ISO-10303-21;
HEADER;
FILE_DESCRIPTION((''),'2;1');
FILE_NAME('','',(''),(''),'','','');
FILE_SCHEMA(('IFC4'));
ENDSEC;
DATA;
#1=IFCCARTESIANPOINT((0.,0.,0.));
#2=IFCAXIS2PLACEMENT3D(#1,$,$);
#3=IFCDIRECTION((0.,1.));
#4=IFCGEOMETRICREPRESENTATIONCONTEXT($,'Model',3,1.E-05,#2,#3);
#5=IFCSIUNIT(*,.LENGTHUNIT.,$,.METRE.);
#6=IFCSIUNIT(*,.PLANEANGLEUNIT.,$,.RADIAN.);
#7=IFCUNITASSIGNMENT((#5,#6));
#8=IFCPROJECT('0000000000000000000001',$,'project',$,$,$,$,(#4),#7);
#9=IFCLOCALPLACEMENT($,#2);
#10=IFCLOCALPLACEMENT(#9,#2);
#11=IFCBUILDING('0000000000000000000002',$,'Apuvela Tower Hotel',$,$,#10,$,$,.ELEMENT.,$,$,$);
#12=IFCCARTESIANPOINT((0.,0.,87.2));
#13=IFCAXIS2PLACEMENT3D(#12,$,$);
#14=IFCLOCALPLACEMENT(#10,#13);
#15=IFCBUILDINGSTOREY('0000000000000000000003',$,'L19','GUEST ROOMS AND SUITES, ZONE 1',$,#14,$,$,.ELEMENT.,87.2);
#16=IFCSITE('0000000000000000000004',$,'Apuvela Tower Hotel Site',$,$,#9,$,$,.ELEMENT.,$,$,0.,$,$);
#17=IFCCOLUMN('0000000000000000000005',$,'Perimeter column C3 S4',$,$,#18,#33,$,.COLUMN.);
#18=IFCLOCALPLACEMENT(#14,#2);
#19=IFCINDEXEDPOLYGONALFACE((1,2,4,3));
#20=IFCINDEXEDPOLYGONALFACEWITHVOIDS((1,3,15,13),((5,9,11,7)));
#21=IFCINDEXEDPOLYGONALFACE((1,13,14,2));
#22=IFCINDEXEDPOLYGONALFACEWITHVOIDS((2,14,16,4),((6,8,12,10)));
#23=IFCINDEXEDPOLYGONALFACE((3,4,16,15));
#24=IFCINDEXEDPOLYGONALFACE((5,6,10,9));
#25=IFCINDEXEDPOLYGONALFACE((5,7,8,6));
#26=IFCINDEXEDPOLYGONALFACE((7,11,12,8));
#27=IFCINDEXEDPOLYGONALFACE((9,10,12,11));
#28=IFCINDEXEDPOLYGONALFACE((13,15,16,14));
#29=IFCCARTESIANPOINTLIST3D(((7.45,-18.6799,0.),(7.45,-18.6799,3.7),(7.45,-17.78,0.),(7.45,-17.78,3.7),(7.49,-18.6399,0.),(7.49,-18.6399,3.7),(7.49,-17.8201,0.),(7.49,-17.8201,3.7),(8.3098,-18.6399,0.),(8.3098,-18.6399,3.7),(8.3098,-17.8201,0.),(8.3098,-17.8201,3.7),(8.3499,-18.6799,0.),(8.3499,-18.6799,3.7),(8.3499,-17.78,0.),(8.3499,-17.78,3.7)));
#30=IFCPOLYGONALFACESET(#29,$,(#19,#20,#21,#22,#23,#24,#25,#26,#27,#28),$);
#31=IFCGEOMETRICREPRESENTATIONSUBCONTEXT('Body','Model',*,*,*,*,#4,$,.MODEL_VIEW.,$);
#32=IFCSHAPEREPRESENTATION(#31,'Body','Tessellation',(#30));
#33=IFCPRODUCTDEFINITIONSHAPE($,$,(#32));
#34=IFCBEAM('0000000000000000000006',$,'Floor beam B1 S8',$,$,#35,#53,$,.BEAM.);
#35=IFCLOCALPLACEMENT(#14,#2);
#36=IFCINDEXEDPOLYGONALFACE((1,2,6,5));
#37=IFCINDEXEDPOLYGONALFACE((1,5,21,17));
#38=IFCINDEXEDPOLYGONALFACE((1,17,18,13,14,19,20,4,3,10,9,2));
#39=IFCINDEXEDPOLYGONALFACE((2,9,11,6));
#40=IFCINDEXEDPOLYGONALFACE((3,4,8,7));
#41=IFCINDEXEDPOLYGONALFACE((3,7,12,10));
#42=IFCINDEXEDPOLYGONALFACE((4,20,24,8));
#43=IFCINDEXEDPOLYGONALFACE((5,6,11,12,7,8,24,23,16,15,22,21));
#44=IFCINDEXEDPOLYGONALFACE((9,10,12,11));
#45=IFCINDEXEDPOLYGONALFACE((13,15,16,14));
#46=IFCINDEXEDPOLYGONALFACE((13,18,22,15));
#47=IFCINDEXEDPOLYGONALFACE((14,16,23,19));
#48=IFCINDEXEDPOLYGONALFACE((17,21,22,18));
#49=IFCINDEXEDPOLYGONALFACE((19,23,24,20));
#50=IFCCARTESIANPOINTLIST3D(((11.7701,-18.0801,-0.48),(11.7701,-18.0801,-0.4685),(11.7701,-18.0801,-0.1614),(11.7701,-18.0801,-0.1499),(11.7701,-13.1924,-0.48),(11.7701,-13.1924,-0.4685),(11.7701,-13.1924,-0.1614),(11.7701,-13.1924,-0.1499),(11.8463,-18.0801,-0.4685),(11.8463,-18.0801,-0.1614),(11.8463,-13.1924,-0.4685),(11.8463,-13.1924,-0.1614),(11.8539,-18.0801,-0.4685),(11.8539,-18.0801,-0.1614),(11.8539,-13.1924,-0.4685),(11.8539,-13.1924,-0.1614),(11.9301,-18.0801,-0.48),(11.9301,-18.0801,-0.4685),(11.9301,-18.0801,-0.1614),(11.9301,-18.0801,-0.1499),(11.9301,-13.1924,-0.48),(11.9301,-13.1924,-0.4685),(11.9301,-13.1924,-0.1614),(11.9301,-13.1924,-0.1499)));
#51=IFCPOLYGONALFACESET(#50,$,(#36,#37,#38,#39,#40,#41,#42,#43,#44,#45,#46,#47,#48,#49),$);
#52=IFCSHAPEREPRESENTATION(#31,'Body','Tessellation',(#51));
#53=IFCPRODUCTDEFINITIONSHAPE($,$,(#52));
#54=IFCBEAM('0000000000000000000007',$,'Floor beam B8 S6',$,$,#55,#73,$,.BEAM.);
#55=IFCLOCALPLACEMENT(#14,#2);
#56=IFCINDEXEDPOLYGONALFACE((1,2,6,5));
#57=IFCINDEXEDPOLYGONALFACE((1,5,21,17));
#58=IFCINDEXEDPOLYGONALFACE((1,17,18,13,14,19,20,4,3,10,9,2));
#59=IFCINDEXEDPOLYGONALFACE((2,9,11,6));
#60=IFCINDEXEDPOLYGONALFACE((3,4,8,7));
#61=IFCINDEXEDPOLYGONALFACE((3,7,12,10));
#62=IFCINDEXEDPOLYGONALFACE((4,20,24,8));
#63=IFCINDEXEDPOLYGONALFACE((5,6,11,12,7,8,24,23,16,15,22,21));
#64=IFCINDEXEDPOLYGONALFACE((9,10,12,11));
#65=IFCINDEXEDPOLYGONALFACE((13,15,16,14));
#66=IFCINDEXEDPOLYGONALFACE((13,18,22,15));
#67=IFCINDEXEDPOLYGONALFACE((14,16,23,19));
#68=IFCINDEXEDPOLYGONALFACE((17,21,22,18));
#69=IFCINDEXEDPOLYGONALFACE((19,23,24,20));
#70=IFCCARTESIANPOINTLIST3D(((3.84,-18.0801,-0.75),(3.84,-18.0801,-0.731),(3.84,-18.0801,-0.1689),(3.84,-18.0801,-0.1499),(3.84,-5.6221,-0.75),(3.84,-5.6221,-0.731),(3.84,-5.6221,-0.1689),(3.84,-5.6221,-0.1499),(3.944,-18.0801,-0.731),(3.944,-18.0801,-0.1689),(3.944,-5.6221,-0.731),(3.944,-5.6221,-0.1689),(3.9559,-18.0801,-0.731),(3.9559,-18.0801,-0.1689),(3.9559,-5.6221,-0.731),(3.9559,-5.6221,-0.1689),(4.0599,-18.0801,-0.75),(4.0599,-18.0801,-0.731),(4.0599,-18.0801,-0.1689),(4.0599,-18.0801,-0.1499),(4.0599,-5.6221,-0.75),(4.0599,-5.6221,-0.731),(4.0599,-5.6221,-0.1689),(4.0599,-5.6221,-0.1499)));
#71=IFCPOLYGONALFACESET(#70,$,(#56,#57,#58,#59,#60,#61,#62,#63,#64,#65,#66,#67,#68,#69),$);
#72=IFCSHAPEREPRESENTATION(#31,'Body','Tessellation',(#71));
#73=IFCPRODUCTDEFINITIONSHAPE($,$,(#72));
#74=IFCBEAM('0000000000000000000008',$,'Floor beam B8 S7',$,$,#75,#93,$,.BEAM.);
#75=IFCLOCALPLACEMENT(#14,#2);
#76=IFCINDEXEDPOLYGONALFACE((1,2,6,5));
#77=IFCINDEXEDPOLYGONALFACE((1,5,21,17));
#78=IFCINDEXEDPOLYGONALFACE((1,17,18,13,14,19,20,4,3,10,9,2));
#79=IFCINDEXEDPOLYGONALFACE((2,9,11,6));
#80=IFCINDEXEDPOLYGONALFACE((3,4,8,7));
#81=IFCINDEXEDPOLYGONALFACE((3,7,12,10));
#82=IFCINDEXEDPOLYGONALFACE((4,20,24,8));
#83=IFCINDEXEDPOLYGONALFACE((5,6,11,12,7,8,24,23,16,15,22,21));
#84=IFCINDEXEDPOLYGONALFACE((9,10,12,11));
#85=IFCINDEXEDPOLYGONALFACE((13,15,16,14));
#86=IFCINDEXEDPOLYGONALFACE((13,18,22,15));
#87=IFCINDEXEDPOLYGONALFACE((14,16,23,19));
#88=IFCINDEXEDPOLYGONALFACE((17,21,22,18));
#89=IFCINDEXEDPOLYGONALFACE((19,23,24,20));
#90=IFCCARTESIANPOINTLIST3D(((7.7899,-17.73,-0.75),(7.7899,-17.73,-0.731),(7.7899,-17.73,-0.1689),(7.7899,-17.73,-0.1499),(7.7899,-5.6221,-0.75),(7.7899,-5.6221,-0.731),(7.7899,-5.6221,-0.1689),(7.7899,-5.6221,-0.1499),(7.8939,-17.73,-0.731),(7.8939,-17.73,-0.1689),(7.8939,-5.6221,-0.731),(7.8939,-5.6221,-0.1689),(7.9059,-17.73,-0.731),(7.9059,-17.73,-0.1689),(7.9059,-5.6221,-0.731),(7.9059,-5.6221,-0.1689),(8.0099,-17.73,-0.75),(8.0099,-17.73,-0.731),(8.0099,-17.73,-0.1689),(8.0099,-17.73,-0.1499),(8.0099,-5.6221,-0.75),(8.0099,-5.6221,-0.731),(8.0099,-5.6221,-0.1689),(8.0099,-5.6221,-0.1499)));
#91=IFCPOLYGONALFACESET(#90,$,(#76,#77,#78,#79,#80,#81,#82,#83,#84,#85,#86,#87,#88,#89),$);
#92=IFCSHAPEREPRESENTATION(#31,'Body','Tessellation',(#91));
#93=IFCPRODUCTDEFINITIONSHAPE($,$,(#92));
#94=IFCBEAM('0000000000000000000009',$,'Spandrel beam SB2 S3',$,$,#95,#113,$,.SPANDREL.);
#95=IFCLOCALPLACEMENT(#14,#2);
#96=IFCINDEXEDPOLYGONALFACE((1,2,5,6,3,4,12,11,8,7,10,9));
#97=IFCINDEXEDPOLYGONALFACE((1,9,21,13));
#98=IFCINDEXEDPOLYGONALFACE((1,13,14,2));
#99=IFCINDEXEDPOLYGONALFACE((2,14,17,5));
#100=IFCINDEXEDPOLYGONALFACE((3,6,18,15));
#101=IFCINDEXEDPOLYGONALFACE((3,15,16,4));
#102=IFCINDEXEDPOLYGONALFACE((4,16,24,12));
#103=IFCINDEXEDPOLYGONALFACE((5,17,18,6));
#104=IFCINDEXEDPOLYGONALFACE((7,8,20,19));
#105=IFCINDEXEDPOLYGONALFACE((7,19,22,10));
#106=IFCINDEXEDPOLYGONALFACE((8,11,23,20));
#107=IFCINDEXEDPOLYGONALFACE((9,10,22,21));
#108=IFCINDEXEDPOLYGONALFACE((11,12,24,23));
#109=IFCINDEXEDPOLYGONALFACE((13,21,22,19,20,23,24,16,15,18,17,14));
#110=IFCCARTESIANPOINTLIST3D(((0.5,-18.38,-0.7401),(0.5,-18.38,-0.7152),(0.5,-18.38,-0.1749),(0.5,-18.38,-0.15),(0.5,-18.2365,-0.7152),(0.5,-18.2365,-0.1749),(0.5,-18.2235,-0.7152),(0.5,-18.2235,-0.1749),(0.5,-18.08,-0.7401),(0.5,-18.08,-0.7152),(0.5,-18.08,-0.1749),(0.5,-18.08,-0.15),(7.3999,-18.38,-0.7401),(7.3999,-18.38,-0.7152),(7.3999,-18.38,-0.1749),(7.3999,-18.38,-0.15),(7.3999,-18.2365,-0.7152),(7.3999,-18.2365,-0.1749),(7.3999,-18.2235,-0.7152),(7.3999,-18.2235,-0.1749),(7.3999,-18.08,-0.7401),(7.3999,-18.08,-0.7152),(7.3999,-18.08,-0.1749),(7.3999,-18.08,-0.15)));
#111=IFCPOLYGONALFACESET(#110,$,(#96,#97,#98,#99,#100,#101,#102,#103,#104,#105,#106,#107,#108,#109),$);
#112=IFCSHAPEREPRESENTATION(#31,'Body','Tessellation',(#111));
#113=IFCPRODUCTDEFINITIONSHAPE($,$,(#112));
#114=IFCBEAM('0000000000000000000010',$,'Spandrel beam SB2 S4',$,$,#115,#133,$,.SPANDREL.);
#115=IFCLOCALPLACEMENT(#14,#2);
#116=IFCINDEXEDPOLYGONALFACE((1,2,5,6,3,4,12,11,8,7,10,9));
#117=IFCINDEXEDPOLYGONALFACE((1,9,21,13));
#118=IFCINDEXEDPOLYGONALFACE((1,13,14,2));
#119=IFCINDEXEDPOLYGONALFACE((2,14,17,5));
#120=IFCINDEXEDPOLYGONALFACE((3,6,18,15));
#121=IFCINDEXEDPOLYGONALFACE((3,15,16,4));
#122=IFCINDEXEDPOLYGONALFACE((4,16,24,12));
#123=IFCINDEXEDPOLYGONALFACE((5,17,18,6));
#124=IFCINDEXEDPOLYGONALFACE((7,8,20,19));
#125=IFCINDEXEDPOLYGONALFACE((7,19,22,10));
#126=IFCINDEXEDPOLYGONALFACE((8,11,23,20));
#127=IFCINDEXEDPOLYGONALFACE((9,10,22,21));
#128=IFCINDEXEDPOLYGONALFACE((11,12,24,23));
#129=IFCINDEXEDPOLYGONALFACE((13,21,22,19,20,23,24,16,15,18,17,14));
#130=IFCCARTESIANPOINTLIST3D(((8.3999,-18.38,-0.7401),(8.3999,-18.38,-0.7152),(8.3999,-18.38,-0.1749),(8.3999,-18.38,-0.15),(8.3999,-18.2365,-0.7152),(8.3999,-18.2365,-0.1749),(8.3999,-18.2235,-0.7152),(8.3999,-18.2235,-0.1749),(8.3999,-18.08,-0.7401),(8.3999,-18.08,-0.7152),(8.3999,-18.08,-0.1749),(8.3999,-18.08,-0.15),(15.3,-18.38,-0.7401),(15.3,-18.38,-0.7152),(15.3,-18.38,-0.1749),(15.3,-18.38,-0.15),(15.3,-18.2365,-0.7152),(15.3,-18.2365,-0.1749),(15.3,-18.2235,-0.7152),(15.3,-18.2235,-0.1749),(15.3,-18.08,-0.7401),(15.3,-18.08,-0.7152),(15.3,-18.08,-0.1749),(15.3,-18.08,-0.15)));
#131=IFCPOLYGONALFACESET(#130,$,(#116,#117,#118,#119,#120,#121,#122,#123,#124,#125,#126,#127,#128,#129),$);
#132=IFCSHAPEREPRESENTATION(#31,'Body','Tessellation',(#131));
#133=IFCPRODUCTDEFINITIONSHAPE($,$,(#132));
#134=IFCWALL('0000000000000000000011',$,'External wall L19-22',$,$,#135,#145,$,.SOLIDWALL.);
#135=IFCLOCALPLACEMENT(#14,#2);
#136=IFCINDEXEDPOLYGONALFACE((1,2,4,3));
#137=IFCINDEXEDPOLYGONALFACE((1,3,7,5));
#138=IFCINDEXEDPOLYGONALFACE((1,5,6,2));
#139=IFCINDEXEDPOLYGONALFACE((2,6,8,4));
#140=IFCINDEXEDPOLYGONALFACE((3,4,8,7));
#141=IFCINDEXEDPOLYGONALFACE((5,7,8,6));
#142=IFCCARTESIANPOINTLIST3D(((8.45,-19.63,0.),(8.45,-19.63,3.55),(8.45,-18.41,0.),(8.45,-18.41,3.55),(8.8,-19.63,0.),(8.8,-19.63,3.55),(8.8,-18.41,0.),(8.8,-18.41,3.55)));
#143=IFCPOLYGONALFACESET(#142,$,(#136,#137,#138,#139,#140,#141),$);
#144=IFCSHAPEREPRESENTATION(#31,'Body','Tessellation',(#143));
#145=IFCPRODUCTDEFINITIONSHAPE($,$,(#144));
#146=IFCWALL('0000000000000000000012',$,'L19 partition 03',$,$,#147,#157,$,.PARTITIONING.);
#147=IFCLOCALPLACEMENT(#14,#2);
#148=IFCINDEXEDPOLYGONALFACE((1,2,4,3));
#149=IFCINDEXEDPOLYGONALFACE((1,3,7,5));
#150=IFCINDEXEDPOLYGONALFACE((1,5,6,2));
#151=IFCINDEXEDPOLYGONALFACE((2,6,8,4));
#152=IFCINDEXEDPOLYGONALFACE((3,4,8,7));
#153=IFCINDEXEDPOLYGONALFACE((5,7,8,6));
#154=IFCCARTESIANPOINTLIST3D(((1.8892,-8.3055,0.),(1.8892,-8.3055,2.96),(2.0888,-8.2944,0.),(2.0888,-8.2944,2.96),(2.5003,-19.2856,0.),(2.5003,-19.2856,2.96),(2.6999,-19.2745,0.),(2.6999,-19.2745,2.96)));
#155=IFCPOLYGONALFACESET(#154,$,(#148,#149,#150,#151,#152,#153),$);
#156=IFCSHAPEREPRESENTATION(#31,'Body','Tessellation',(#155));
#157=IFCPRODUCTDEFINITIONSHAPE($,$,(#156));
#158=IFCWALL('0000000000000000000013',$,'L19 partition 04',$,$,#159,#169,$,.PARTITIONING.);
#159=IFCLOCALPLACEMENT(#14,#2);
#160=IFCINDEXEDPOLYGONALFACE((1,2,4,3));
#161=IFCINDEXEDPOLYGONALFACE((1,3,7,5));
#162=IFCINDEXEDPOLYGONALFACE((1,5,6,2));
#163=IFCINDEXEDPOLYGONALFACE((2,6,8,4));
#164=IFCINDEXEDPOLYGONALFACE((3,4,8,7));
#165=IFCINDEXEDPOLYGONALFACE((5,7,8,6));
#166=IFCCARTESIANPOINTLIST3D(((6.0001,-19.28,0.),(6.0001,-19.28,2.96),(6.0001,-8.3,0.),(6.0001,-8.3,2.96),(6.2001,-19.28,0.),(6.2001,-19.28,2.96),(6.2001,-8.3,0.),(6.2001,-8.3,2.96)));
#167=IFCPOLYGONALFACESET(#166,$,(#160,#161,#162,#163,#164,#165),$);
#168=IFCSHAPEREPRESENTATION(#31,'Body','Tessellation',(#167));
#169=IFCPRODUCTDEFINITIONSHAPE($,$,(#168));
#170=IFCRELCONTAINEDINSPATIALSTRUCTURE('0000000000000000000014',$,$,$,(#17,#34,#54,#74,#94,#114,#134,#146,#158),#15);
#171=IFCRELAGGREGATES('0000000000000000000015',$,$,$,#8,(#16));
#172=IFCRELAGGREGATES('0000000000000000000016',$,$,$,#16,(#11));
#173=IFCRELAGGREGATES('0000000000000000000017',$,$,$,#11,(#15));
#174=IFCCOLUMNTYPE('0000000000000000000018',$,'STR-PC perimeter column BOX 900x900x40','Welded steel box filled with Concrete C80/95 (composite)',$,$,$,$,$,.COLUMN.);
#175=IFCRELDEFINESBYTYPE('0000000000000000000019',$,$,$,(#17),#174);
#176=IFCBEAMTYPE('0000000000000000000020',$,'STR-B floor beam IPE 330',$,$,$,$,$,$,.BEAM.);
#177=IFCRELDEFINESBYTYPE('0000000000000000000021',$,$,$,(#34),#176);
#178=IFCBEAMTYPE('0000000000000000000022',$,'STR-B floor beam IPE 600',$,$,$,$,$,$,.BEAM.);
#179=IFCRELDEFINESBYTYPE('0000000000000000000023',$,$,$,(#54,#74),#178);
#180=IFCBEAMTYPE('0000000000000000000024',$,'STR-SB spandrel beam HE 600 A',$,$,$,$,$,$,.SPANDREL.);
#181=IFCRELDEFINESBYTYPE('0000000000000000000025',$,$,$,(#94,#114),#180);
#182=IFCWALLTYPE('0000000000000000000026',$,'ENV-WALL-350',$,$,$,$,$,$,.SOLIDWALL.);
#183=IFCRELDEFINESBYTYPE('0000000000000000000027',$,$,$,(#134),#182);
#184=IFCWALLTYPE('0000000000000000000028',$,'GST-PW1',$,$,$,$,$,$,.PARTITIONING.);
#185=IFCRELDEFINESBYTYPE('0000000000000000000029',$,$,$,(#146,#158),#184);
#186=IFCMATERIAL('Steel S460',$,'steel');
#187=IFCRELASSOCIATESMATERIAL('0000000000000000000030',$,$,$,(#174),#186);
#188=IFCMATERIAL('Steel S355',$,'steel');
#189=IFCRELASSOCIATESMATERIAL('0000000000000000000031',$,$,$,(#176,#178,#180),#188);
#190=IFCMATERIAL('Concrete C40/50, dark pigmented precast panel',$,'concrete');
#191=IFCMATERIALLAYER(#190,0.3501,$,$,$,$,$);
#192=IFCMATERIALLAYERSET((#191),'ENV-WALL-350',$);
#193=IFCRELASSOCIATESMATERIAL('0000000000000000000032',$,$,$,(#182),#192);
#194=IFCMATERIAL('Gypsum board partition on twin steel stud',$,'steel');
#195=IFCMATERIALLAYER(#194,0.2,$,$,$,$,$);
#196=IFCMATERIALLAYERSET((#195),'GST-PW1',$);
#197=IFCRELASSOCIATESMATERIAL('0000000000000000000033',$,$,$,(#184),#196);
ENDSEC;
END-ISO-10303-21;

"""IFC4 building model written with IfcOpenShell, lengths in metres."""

from ifc_helpers import new_model, si_unit, direction, frame, frame_2d, origin, origin_2d, place, context, subcontext, project, spatial, rectangle, hollow_rectangle, i_section, extrude, material, layer, layer_set, material_profile, profile_set, type_object, element, save


model = new_model("IFC4")

# Units and contexts
model_context = context("Model", 3, precision=1e-05, world=origin(), true_north=direction((0.0, 1.0)))
body_context = subcontext(model_context, "Body", "Model", "MODEL_VIEW")
ifc_project = project(units=[si_unit("LENGTHUNIT", "METRE"), si_unit("PLANEANGLEUNIT", "RADIAN")], contexts=[model_context])

# Site, building, storey
site_placement = place(None, origin())
site = spatial("IfcSite", under=ifc_project, at=site_placement, Name="Apuvela Tower Hotel Site", CompositionType="ELEMENT", RefElevation=0.0)
building_placement = place(site_placement, origin())
building = spatial("IfcBuilding", under=site, at=building_placement, Name="Apuvela Tower Hotel", CompositionType="ELEMENT")
storey_placement = place(building_placement, frame((0.0, 0.0, 87.2)))
storey = spatial("IfcBuildingStorey", under=building, at=storey_placement, Name="L19", Description="GUEST ROOMS AND SUITES, ZONE 1", CompositionType="ELEMENT", Elevation=87.2)

# Column
ifc_material_1 = material(Name="Steel S460", Category="steel")
ifc_material_profile_1 = material_profile(ifc_material_1, hollow_rectangle(XDim=0.8999, YDim=0.8999, WallThickness=0.04, at=origin_2d()), Name="BOX 900x900x40")
ifc_material_2 = material(Name="Concrete C80/95", Category="concrete")
ifc_material_profile_2 = material_profile(ifc_material_2, rectangle(XDim=0.8201, YDim=0.8201, at=origin_2d()), Name="Concrete C80/95 infill")
ifc_profile_set_1 = profile_set([ifc_material_profile_1, ifc_material_profile_2], Name="Steel S460")
column_type = type_object("IfcColumnType", Name="STR-PC perimeter column BOX 900x900x40", Description="Welded steel box filled with Concrete C80/95 (composite)", PredefinedType="COLUMN", material=ifc_profile_set_1)
column_placement = place(storey_placement, frame((7.8999, -18.23, 0.0), z_axis=(0.0, 0.0, 1.0), x_axis=(-1.0, 0.0, 0.0)))
element("IfcColumn", 1, at=column_placement, inside=storey, type_object=column_type, Name="Perimeter column C3 S4", PredefinedType="COLUMN", context=body_context, shape_type="SweptSolid", body=[
    extrude(hollow_rectangle(XDim=0.8999, YDim=0.8999, WallThickness=0.04, at=origin_2d()), origin(), (0.0, 0.0, 1.0), 3.7),
])

# Beams
ifc_material_3 = material(Name="Steel S355", Category="steel")
ifc_material_profile_3 = material_profile(ifc_material_3, i_section(OverallWidth=0.1599, OverallDepth=0.3301, WebThickness=0.0076, FlangeThickness=0.0115, at=origin_2d()), Name="IPE 330")
ifc_profile_set_2 = profile_set([ifc_material_profile_3], Name="Steel S355")
beam_type_1 = type_object("IfcBeamType", Name="STR-B floor beam IPE 330", PredefinedType="BEAM", material=ifc_profile_set_2)
beam_1_placement = place(storey_placement, frame((11.8501, -18.0801, -0.3149), z_axis=(0.0, 1.0, 0.0), x_axis=(-1.0, 0.0, 0.0)))
element("IfcBeam", 2, at=beam_1_placement, inside=storey, type_object=beam_type_1, Name="Floor beam B1 S8", PredefinedType="BEAM", context=body_context, shape_type="SweptSolid", body=[
    extrude(i_section(OverallWidth=0.1599, OverallDepth=0.3301, WebThickness=0.0076, FlangeThickness=0.0115, at=origin_2d()), origin(), (0.0, 0.0, 1.0), 4.8877),
])
ifc_material_profile_4 = material_profile(ifc_material_3, i_section(OverallWidth=0.22, OverallDepth=0.6001, WebThickness=0.012, FlangeThickness=0.019, at=origin_2d()), Name="IPE 600")
ifc_profile_set_3 = profile_set([ifc_material_profile_4], Name="Steel S355")
beam_type_2 = type_object("IfcBeamType", Name="STR-B floor beam IPE 600", PredefinedType="BEAM", material=ifc_profile_set_3)
beam_2_placement = place(storey_placement, frame((3.95, -18.0801, -0.45), z_axis=(0.0, 1.0, 0.0), x_axis=(-1.0, 0.0, 0.0)))
element("IfcBeam", 3, at=beam_2_placement, inside=storey, type_object=beam_type_2, Name="Floor beam B8 S6", PredefinedType="BEAM", context=body_context, shape_type="SweptSolid", body=[
    extrude(i_section(OverallWidth=0.22, OverallDepth=0.6001, WebThickness=0.012, FlangeThickness=0.019, at=origin_2d()), origin(), (0.0, 0.0, 1.0), 12.458),
])
beam_3_placement = place(storey_placement, frame((7.8999, -17.73, -0.45), z_axis=(0.0, 1.0, 0.0), x_axis=(-1.0, 0.0, 0.0)))
element("IfcBeam", 4, at=beam_3_placement, inside=storey, type_object=beam_type_2, Name="Floor beam B8 S7", PredefinedType="BEAM", context=body_context, shape_type="SweptSolid", body=[
    extrude(i_section(OverallWidth=0.22, OverallDepth=0.6001, WebThickness=0.012, FlangeThickness=0.019, at=origin_2d()), origin(), (0.0, 0.0, 1.0), 12.1079),
])
ifc_material_profile_5 = material_profile(ifc_material_3, i_section(OverallWidth=0.3, OverallDepth=0.5901, WebThickness=0.0129, FlangeThickness=0.0249, at=origin_2d()), Name="HE 600 A")
ifc_profile_set_4 = profile_set([ifc_material_profile_5], Name="Steel S355")
beam_type_3 = type_object("IfcBeamType", Name="STR-SB spandrel beam HE 600 A", PredefinedType="SPANDREL", material=ifc_profile_set_4)
beam_4_placement = place(storey_placement, frame((0.5, -18.23, -0.4451), z_axis=(1.0, 0.0, 0.0), x_axis=(0.0, 1.0, 0.0)))
element("IfcBeam", 5, at=beam_4_placement, inside=storey, type_object=beam_type_3, Name="Spandrel beam SB2 S3", PredefinedType="SPANDREL", context=body_context, shape_type="SweptSolid", body=[
    extrude(i_section(OverallWidth=0.3, OverallDepth=0.5901, WebThickness=0.0129, FlangeThickness=0.0249, at=origin_2d()), origin(), (0.0, 0.0, 1.0), 6.8999),
])
beam_5_placement = place(storey_placement, frame((8.3999, -18.23, -0.4451), z_axis=(1.0, 0.0, 0.0), x_axis=(0.0, 1.0, 0.0)))
element("IfcBeam", 6, at=beam_5_placement, inside=storey, type_object=beam_type_3, Name="Spandrel beam SB2 S4", PredefinedType="SPANDREL", context=body_context, shape_type="SweptSolid", body=[
    extrude(i_section(OverallWidth=0.3, OverallDepth=0.5901, WebThickness=0.0129, FlangeThickness=0.0249, at=origin_2d()), origin(), (0.0, 0.0, 1.0), 6.9001),
])

# Wall
ifc_material_4 = material(Name="Concrete C40/50, dark pigmented precast panel", Category="concrete")
ifc_layer_1 = layer(ifc_material_4, 0.3501)
ifc_layer_set_1 = layer_set([ifc_layer_1], Name="ENV-WALL-350")
wall_type_1 = type_object("IfcWallType", Name="ENV-WALL-350", PredefinedType="SOLIDWALL", material=ifc_layer_set_1)
wall_1_placement = place(storey_placement, frame((8.625, -19.6299, 0.0), z_axis=(0.0, 0.0, 1.0), x_axis=(0.0, 1.0, 0.0)))
element("IfcWall", 7, at=wall_1_placement, inside=storey, type_object=wall_type_1, Name="External wall L19-22", PredefinedType="SOLIDWALL", context=body_context, shape_type="SweptSolid", body=[
    extrude(rectangle(XDim=1.22, YDim=0.3501, at=frame_2d((0.6099, 0.0))), origin(), (0.0, 0.0, 1.0), 3.55),
])

# Walls
ifc_material_5 = material(Name="Gypsum board partition on twin steel stud", Category="steel")
ifc_layer_2 = layer(ifc_material_5, 0.2)
ifc_layer_set_2 = layer_set([ifc_layer_2], Name="GST-PW1")
wall_type_2 = type_object("IfcWallType", Name="GST-PW1", PredefinedType="PARTITIONING", material=ifc_layer_set_2)
wall_2_placement = place(storey_placement, frame((2.6001, -19.28, 0.0), z_axis=(0.0, 0.0, 1.0), x_axis=(-0.055568, 0.998455, 0.0)))
element("IfcWall", 8, at=wall_2_placement, inside=storey, type_object=wall_type_2, Name="L19 partition 03", PredefinedType="PARTITIONING", context=body_context, shape_type="SweptSolid", body=[
    extrude(rectangle(XDim=10.9971, YDim=0.2, at=frame_2d((5.4985, 0.0))), origin(), (0.0, 0.0, 1.0), 2.96),
])
wall_3_placement = place(storey_placement, frame((6.1001, -19.28, 0.0), z_axis=(0.0, 0.0, 1.0), x_axis=(0.0, 1.0, 0.0)))
element("IfcWall", 9, at=wall_3_placement, inside=storey, type_object=wall_type_2, Name="L19 partition 04", PredefinedType="PARTITIONING", context=body_context, shape_type="SweptSolid", body=[
    extrude(rectangle(XDim=10.98, YDim=0.2, at=frame_2d((5.49, 0.0))), origin(), (0.0, 0.0, 1.0), 2.96),
])

save(model, "model.ifc")
